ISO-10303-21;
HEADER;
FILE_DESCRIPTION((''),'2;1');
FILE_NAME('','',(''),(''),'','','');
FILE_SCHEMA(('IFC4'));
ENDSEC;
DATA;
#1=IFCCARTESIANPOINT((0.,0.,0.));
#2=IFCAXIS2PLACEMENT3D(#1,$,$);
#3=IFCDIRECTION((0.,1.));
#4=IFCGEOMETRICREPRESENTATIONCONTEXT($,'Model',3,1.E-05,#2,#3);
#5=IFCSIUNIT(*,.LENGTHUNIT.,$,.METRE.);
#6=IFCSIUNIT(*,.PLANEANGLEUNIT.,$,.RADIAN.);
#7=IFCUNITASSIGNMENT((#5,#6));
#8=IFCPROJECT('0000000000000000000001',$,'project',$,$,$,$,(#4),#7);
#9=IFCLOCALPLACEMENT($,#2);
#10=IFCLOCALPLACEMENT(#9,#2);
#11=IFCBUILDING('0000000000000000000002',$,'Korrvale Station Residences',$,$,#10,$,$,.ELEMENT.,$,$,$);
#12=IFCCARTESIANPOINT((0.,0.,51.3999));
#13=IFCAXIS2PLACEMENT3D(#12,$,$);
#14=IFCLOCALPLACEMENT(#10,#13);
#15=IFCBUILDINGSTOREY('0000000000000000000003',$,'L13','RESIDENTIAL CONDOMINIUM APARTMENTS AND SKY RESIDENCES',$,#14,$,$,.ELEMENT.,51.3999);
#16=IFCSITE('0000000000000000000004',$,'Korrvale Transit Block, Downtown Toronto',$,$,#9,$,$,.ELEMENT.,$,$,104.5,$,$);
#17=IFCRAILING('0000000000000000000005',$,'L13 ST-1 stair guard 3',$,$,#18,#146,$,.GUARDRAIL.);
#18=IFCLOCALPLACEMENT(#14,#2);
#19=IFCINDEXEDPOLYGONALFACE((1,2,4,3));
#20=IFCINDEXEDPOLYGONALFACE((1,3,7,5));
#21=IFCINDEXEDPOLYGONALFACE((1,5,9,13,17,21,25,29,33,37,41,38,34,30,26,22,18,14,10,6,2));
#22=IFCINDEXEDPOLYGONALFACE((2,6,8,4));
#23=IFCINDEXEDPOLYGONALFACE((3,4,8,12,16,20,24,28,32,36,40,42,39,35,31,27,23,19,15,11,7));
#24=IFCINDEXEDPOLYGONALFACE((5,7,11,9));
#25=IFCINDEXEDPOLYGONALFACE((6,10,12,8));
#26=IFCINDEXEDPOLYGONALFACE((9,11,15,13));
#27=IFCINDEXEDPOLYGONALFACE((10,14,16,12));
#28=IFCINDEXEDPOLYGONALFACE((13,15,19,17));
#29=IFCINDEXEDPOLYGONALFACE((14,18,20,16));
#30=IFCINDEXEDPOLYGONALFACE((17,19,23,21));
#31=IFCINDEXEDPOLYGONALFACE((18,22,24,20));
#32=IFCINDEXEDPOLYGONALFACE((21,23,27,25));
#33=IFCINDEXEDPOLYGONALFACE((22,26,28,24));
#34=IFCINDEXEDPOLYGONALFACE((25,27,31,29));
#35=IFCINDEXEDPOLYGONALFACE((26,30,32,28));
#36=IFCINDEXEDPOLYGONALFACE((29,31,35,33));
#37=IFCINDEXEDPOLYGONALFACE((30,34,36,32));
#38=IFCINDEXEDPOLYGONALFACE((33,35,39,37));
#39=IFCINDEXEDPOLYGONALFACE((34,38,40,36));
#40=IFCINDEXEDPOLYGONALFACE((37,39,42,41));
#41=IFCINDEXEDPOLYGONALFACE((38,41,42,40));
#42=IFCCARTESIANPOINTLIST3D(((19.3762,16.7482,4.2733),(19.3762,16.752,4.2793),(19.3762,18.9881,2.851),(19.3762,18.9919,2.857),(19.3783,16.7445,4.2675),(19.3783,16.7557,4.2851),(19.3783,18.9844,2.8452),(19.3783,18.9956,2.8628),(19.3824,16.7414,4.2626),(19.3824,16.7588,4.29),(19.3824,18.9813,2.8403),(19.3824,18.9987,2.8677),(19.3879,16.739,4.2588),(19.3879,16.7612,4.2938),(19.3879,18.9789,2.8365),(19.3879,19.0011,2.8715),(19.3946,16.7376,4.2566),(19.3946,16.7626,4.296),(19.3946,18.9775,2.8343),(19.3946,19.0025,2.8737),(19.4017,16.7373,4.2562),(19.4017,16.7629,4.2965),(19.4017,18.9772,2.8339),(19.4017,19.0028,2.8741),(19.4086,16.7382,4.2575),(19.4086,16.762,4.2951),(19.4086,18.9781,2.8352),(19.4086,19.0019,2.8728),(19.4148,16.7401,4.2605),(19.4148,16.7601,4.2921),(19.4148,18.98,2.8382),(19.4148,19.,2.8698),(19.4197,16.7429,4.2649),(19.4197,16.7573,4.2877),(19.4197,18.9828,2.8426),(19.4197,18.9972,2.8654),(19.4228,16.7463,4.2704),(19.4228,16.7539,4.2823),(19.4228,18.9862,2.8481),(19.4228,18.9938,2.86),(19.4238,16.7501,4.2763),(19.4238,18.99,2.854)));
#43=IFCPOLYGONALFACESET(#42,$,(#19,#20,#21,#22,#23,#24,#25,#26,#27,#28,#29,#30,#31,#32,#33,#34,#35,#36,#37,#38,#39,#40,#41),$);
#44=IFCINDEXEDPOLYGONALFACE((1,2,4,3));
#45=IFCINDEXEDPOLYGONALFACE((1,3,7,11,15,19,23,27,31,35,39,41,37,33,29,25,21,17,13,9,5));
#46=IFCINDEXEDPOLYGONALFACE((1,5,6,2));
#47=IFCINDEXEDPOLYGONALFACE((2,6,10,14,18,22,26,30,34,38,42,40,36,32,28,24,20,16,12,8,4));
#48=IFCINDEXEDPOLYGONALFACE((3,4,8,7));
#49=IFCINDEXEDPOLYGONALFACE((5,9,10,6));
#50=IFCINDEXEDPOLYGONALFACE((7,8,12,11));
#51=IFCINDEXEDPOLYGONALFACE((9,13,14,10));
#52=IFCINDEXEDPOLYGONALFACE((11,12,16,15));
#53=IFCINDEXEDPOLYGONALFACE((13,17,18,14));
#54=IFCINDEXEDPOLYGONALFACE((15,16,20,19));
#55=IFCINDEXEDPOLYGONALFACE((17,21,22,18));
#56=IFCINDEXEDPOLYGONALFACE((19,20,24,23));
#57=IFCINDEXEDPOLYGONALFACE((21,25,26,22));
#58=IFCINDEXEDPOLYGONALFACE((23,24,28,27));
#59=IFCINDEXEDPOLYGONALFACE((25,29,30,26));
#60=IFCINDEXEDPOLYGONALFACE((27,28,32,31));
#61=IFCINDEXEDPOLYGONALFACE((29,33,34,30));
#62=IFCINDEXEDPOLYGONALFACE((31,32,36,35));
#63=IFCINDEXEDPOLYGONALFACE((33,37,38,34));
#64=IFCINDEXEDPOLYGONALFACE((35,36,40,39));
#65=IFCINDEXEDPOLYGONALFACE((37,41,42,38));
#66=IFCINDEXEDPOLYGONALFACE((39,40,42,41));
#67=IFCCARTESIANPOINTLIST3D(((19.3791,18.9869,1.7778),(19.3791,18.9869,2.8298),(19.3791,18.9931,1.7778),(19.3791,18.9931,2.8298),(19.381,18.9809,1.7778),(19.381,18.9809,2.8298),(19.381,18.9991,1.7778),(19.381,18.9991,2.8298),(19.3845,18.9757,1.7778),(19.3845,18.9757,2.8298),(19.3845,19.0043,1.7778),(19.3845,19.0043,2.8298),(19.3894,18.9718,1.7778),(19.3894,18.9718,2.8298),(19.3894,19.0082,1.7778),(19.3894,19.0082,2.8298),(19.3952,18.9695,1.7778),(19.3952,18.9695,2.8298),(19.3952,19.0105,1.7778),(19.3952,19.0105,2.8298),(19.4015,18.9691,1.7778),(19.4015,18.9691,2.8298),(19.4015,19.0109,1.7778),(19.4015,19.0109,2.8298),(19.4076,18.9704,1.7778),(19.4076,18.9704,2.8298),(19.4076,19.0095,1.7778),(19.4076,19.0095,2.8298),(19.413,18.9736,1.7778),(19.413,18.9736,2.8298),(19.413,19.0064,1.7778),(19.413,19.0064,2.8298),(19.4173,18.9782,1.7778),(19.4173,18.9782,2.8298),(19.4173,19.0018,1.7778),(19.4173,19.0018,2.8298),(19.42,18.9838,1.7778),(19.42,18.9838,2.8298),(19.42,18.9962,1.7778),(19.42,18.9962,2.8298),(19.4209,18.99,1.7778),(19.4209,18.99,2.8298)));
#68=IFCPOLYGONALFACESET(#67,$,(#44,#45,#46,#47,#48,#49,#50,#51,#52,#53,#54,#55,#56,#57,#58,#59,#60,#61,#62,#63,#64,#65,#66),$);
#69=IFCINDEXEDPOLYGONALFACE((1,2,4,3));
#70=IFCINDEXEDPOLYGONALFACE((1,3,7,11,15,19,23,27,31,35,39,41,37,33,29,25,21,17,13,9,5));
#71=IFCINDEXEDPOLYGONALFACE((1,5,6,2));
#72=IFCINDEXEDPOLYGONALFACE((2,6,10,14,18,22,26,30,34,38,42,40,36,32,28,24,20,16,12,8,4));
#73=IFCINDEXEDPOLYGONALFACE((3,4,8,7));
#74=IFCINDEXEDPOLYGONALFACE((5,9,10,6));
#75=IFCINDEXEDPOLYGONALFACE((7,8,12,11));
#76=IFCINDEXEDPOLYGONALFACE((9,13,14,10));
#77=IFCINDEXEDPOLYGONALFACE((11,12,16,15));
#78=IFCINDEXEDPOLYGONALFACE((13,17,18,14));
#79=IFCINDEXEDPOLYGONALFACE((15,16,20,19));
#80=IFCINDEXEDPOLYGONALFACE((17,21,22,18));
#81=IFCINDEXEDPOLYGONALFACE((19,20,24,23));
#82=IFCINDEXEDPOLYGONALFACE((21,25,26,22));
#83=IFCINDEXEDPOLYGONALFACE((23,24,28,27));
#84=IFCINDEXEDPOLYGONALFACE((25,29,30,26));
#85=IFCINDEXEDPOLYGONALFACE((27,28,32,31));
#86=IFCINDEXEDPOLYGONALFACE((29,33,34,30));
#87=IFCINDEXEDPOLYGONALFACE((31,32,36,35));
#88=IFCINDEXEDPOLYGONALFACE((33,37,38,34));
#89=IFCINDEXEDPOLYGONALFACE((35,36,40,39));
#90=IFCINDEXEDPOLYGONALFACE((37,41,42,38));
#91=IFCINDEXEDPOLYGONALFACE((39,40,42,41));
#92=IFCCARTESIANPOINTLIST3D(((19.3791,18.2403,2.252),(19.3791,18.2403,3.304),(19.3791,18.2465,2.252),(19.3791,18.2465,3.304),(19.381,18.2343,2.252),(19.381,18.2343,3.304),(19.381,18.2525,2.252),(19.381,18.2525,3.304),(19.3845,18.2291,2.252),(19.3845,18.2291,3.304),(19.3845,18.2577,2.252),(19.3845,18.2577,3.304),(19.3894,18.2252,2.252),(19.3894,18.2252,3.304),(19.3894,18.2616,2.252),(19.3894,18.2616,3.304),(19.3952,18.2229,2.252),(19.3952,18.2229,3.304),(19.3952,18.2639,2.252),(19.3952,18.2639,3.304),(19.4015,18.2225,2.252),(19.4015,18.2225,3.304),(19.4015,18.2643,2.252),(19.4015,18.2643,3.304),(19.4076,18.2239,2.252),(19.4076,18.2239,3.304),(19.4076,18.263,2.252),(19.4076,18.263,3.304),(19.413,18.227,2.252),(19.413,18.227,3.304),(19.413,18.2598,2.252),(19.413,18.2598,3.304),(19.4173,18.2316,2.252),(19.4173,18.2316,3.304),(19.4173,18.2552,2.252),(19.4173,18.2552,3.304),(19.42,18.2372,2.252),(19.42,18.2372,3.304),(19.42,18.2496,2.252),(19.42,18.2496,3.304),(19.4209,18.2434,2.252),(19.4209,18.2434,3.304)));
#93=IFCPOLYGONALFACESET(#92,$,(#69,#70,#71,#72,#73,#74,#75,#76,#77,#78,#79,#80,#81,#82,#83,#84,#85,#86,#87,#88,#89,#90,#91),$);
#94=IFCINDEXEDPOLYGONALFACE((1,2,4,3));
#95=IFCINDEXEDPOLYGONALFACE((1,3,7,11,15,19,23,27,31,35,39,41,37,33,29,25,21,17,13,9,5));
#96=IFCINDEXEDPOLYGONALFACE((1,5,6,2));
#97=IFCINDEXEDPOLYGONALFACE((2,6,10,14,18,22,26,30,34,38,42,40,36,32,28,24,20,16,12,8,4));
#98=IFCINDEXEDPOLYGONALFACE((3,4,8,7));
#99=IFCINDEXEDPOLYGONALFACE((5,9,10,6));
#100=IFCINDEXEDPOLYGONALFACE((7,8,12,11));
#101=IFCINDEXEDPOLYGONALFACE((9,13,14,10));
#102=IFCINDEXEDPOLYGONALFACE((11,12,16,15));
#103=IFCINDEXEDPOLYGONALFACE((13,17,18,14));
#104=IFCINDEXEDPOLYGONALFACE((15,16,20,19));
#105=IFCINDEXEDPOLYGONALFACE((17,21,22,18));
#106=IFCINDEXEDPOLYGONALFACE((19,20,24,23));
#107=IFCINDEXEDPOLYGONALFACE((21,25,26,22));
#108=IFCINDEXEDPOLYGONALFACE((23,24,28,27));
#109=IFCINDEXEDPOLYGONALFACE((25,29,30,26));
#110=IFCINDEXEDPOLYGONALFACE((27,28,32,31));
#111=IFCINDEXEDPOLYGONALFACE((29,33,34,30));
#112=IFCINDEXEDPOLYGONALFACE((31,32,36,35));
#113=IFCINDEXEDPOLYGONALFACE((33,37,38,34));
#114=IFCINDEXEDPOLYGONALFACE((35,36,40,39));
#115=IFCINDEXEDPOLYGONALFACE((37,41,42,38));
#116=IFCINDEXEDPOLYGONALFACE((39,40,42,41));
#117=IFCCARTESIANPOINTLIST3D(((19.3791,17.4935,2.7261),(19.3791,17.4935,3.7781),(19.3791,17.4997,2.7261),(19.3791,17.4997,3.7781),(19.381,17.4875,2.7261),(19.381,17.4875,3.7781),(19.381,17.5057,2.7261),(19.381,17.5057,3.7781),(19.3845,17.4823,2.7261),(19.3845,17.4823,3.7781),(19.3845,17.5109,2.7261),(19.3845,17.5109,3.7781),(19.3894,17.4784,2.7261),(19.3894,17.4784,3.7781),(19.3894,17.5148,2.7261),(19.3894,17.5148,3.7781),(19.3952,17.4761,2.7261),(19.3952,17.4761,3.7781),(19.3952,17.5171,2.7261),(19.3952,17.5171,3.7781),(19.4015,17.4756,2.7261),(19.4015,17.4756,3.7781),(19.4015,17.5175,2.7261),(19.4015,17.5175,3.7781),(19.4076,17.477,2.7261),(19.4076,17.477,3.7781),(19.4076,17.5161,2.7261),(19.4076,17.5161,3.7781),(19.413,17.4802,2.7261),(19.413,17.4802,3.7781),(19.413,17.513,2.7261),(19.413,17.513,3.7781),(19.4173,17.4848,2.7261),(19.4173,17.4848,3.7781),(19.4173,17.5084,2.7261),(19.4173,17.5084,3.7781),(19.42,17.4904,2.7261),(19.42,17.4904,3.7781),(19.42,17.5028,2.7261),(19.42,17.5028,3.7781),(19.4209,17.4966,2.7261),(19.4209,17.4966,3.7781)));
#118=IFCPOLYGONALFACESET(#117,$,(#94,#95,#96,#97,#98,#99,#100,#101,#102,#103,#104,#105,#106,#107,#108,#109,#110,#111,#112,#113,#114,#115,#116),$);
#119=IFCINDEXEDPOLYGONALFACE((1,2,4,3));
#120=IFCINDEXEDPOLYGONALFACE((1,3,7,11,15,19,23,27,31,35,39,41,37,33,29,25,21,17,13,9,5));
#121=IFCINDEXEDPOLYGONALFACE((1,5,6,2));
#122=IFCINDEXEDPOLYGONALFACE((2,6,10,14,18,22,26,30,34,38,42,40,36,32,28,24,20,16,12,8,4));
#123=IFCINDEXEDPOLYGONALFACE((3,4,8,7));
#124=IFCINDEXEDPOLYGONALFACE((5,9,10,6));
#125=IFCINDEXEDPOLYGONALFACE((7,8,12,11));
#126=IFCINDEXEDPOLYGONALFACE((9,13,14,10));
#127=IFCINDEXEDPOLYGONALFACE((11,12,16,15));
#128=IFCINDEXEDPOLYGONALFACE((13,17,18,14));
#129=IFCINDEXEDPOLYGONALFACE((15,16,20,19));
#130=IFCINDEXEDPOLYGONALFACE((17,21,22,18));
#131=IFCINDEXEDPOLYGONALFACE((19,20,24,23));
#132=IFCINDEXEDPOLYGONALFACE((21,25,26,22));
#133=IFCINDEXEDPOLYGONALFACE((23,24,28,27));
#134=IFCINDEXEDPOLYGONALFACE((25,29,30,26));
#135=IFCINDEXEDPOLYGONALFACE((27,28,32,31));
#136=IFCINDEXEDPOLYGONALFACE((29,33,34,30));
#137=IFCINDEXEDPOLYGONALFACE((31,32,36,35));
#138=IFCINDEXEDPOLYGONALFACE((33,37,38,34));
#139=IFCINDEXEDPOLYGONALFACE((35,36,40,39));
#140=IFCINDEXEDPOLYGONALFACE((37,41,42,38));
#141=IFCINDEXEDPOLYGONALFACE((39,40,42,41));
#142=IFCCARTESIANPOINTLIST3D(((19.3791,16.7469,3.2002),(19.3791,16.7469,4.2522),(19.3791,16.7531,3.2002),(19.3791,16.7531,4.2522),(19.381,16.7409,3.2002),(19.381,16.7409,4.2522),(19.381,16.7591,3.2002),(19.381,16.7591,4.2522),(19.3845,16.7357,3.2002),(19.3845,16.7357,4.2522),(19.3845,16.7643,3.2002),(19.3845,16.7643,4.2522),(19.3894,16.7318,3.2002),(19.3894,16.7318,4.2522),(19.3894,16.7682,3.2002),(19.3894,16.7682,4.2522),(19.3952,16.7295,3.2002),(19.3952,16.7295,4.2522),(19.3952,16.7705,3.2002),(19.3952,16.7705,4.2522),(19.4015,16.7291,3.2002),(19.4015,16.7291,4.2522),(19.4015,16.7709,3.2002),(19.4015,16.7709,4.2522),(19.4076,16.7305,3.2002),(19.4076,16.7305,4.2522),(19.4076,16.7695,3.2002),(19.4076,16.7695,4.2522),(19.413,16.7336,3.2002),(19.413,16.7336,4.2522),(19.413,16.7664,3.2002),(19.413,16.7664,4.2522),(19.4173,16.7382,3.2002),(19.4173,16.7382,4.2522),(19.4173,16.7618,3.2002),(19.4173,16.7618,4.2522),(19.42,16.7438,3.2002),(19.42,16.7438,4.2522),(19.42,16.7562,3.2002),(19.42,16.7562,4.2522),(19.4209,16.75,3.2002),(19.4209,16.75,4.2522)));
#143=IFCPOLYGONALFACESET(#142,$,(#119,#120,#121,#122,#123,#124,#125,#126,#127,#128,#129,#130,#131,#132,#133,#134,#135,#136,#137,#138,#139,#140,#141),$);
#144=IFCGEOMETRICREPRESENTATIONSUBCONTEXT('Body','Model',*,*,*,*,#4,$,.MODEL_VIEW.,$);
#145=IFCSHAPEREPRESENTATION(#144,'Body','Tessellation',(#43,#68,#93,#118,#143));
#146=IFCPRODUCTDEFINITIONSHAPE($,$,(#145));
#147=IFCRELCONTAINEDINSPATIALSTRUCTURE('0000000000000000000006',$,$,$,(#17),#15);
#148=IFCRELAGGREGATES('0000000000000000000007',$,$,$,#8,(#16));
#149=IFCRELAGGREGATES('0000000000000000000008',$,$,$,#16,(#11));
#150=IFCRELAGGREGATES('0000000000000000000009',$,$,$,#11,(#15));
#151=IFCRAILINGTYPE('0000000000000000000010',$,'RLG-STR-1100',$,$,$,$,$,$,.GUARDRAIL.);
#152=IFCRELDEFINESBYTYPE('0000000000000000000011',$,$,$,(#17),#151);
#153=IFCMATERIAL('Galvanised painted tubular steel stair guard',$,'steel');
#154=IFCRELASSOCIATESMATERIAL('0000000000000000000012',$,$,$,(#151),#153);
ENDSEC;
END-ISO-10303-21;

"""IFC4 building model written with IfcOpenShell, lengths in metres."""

from ifc_helpers import new_model, si_unit, direction, frame, origin, origin_2d, place, context, subcontext, project, spatial, circle, extrude, material, type_object, element, save


model = new_model("IFC4")

# Units and contexts
model_context = context("Model", 3, precision=1e-05, world=origin(), true_north=direction((0.0, 1.0)))
body_context = subcontext(model_context, "Body", "Model", "MODEL_VIEW")
ifc_project = project(units=[si_unit("LENGTHUNIT", "METRE"), si_unit("PLANEANGLEUNIT", "RADIAN")], contexts=[model_context])

# Site, building, storey
site_placement = place(None, origin())
site = spatial("IfcSite", under=ifc_project, at=site_placement, Name="Korrvale Transit Block, Downtown Toronto", CompositionType="ELEMENT", RefElevation=104.5)
building_placement = place(site_placement, origin())
building = spatial("IfcBuilding", under=site, at=building_placement, Name="Korrvale Station Residences", CompositionType="ELEMENT")
storey_placement = place(building_placement, frame((0.0, 0.0, 51.3999)))
storey = spatial("IfcBuildingStorey", under=building, at=storey_placement, Name="L13", Description="RESIDENTIAL CONDOMINIUM APARTMENTS AND SKY RESIDENCES", CompositionType="ELEMENT", Elevation=51.3999)

# Railing
ifc_material_1 = material(Name="Galvanised painted tubular steel stair guard", Category="steel")
railing_type_1 = type_object("IfcRailingType", Name="RLG-STR-1100", PredefinedType="GUARDRAIL", material=ifc_material_1)
railing_1_placement = place(storey_placement, frame((19.3999, 18.99, 1.7778)))
element("IfcRailing", 1, at=railing_1_placement, inside=storey, type_object=railing_type_1, Name="L13 ST-1 stair guard 3", PredefinedType="GUARDRAIL", context=body_context, shape_type="SweptSolid", body=[
    extrude(circle(Radius=0.0239, at=origin_2d()), frame((0.0, 0.0, 1.0762), z_axis=(0.0, -0.844188, 0.536048), x_axis=(1.0, 0.0, 0.0)), (0.0, 0.0, 1.0), 2.6533),
    extrude(circle(Radius=0.021, at=origin_2d()), origin(), (0.0, 0.0, 1.0), 1.052),
    extrude(circle(Radius=0.021, at=origin_2d()), frame((0.0, -0.7466, 0.4741)), (0.0, 0.0, 1.0), 1.052),
    extrude(circle(Radius=0.021, at=origin_2d()), frame((0.0, -1.4934, 0.9482)), (0.0, 0.0, 1.0), 1.052),
    extrude(circle(Radius=0.021, at=origin_2d()), frame((0.0, -2.24, 1.4224)), (0.0, 0.0, 1.0), 1.052),
])

save(model, "model.ifc")
